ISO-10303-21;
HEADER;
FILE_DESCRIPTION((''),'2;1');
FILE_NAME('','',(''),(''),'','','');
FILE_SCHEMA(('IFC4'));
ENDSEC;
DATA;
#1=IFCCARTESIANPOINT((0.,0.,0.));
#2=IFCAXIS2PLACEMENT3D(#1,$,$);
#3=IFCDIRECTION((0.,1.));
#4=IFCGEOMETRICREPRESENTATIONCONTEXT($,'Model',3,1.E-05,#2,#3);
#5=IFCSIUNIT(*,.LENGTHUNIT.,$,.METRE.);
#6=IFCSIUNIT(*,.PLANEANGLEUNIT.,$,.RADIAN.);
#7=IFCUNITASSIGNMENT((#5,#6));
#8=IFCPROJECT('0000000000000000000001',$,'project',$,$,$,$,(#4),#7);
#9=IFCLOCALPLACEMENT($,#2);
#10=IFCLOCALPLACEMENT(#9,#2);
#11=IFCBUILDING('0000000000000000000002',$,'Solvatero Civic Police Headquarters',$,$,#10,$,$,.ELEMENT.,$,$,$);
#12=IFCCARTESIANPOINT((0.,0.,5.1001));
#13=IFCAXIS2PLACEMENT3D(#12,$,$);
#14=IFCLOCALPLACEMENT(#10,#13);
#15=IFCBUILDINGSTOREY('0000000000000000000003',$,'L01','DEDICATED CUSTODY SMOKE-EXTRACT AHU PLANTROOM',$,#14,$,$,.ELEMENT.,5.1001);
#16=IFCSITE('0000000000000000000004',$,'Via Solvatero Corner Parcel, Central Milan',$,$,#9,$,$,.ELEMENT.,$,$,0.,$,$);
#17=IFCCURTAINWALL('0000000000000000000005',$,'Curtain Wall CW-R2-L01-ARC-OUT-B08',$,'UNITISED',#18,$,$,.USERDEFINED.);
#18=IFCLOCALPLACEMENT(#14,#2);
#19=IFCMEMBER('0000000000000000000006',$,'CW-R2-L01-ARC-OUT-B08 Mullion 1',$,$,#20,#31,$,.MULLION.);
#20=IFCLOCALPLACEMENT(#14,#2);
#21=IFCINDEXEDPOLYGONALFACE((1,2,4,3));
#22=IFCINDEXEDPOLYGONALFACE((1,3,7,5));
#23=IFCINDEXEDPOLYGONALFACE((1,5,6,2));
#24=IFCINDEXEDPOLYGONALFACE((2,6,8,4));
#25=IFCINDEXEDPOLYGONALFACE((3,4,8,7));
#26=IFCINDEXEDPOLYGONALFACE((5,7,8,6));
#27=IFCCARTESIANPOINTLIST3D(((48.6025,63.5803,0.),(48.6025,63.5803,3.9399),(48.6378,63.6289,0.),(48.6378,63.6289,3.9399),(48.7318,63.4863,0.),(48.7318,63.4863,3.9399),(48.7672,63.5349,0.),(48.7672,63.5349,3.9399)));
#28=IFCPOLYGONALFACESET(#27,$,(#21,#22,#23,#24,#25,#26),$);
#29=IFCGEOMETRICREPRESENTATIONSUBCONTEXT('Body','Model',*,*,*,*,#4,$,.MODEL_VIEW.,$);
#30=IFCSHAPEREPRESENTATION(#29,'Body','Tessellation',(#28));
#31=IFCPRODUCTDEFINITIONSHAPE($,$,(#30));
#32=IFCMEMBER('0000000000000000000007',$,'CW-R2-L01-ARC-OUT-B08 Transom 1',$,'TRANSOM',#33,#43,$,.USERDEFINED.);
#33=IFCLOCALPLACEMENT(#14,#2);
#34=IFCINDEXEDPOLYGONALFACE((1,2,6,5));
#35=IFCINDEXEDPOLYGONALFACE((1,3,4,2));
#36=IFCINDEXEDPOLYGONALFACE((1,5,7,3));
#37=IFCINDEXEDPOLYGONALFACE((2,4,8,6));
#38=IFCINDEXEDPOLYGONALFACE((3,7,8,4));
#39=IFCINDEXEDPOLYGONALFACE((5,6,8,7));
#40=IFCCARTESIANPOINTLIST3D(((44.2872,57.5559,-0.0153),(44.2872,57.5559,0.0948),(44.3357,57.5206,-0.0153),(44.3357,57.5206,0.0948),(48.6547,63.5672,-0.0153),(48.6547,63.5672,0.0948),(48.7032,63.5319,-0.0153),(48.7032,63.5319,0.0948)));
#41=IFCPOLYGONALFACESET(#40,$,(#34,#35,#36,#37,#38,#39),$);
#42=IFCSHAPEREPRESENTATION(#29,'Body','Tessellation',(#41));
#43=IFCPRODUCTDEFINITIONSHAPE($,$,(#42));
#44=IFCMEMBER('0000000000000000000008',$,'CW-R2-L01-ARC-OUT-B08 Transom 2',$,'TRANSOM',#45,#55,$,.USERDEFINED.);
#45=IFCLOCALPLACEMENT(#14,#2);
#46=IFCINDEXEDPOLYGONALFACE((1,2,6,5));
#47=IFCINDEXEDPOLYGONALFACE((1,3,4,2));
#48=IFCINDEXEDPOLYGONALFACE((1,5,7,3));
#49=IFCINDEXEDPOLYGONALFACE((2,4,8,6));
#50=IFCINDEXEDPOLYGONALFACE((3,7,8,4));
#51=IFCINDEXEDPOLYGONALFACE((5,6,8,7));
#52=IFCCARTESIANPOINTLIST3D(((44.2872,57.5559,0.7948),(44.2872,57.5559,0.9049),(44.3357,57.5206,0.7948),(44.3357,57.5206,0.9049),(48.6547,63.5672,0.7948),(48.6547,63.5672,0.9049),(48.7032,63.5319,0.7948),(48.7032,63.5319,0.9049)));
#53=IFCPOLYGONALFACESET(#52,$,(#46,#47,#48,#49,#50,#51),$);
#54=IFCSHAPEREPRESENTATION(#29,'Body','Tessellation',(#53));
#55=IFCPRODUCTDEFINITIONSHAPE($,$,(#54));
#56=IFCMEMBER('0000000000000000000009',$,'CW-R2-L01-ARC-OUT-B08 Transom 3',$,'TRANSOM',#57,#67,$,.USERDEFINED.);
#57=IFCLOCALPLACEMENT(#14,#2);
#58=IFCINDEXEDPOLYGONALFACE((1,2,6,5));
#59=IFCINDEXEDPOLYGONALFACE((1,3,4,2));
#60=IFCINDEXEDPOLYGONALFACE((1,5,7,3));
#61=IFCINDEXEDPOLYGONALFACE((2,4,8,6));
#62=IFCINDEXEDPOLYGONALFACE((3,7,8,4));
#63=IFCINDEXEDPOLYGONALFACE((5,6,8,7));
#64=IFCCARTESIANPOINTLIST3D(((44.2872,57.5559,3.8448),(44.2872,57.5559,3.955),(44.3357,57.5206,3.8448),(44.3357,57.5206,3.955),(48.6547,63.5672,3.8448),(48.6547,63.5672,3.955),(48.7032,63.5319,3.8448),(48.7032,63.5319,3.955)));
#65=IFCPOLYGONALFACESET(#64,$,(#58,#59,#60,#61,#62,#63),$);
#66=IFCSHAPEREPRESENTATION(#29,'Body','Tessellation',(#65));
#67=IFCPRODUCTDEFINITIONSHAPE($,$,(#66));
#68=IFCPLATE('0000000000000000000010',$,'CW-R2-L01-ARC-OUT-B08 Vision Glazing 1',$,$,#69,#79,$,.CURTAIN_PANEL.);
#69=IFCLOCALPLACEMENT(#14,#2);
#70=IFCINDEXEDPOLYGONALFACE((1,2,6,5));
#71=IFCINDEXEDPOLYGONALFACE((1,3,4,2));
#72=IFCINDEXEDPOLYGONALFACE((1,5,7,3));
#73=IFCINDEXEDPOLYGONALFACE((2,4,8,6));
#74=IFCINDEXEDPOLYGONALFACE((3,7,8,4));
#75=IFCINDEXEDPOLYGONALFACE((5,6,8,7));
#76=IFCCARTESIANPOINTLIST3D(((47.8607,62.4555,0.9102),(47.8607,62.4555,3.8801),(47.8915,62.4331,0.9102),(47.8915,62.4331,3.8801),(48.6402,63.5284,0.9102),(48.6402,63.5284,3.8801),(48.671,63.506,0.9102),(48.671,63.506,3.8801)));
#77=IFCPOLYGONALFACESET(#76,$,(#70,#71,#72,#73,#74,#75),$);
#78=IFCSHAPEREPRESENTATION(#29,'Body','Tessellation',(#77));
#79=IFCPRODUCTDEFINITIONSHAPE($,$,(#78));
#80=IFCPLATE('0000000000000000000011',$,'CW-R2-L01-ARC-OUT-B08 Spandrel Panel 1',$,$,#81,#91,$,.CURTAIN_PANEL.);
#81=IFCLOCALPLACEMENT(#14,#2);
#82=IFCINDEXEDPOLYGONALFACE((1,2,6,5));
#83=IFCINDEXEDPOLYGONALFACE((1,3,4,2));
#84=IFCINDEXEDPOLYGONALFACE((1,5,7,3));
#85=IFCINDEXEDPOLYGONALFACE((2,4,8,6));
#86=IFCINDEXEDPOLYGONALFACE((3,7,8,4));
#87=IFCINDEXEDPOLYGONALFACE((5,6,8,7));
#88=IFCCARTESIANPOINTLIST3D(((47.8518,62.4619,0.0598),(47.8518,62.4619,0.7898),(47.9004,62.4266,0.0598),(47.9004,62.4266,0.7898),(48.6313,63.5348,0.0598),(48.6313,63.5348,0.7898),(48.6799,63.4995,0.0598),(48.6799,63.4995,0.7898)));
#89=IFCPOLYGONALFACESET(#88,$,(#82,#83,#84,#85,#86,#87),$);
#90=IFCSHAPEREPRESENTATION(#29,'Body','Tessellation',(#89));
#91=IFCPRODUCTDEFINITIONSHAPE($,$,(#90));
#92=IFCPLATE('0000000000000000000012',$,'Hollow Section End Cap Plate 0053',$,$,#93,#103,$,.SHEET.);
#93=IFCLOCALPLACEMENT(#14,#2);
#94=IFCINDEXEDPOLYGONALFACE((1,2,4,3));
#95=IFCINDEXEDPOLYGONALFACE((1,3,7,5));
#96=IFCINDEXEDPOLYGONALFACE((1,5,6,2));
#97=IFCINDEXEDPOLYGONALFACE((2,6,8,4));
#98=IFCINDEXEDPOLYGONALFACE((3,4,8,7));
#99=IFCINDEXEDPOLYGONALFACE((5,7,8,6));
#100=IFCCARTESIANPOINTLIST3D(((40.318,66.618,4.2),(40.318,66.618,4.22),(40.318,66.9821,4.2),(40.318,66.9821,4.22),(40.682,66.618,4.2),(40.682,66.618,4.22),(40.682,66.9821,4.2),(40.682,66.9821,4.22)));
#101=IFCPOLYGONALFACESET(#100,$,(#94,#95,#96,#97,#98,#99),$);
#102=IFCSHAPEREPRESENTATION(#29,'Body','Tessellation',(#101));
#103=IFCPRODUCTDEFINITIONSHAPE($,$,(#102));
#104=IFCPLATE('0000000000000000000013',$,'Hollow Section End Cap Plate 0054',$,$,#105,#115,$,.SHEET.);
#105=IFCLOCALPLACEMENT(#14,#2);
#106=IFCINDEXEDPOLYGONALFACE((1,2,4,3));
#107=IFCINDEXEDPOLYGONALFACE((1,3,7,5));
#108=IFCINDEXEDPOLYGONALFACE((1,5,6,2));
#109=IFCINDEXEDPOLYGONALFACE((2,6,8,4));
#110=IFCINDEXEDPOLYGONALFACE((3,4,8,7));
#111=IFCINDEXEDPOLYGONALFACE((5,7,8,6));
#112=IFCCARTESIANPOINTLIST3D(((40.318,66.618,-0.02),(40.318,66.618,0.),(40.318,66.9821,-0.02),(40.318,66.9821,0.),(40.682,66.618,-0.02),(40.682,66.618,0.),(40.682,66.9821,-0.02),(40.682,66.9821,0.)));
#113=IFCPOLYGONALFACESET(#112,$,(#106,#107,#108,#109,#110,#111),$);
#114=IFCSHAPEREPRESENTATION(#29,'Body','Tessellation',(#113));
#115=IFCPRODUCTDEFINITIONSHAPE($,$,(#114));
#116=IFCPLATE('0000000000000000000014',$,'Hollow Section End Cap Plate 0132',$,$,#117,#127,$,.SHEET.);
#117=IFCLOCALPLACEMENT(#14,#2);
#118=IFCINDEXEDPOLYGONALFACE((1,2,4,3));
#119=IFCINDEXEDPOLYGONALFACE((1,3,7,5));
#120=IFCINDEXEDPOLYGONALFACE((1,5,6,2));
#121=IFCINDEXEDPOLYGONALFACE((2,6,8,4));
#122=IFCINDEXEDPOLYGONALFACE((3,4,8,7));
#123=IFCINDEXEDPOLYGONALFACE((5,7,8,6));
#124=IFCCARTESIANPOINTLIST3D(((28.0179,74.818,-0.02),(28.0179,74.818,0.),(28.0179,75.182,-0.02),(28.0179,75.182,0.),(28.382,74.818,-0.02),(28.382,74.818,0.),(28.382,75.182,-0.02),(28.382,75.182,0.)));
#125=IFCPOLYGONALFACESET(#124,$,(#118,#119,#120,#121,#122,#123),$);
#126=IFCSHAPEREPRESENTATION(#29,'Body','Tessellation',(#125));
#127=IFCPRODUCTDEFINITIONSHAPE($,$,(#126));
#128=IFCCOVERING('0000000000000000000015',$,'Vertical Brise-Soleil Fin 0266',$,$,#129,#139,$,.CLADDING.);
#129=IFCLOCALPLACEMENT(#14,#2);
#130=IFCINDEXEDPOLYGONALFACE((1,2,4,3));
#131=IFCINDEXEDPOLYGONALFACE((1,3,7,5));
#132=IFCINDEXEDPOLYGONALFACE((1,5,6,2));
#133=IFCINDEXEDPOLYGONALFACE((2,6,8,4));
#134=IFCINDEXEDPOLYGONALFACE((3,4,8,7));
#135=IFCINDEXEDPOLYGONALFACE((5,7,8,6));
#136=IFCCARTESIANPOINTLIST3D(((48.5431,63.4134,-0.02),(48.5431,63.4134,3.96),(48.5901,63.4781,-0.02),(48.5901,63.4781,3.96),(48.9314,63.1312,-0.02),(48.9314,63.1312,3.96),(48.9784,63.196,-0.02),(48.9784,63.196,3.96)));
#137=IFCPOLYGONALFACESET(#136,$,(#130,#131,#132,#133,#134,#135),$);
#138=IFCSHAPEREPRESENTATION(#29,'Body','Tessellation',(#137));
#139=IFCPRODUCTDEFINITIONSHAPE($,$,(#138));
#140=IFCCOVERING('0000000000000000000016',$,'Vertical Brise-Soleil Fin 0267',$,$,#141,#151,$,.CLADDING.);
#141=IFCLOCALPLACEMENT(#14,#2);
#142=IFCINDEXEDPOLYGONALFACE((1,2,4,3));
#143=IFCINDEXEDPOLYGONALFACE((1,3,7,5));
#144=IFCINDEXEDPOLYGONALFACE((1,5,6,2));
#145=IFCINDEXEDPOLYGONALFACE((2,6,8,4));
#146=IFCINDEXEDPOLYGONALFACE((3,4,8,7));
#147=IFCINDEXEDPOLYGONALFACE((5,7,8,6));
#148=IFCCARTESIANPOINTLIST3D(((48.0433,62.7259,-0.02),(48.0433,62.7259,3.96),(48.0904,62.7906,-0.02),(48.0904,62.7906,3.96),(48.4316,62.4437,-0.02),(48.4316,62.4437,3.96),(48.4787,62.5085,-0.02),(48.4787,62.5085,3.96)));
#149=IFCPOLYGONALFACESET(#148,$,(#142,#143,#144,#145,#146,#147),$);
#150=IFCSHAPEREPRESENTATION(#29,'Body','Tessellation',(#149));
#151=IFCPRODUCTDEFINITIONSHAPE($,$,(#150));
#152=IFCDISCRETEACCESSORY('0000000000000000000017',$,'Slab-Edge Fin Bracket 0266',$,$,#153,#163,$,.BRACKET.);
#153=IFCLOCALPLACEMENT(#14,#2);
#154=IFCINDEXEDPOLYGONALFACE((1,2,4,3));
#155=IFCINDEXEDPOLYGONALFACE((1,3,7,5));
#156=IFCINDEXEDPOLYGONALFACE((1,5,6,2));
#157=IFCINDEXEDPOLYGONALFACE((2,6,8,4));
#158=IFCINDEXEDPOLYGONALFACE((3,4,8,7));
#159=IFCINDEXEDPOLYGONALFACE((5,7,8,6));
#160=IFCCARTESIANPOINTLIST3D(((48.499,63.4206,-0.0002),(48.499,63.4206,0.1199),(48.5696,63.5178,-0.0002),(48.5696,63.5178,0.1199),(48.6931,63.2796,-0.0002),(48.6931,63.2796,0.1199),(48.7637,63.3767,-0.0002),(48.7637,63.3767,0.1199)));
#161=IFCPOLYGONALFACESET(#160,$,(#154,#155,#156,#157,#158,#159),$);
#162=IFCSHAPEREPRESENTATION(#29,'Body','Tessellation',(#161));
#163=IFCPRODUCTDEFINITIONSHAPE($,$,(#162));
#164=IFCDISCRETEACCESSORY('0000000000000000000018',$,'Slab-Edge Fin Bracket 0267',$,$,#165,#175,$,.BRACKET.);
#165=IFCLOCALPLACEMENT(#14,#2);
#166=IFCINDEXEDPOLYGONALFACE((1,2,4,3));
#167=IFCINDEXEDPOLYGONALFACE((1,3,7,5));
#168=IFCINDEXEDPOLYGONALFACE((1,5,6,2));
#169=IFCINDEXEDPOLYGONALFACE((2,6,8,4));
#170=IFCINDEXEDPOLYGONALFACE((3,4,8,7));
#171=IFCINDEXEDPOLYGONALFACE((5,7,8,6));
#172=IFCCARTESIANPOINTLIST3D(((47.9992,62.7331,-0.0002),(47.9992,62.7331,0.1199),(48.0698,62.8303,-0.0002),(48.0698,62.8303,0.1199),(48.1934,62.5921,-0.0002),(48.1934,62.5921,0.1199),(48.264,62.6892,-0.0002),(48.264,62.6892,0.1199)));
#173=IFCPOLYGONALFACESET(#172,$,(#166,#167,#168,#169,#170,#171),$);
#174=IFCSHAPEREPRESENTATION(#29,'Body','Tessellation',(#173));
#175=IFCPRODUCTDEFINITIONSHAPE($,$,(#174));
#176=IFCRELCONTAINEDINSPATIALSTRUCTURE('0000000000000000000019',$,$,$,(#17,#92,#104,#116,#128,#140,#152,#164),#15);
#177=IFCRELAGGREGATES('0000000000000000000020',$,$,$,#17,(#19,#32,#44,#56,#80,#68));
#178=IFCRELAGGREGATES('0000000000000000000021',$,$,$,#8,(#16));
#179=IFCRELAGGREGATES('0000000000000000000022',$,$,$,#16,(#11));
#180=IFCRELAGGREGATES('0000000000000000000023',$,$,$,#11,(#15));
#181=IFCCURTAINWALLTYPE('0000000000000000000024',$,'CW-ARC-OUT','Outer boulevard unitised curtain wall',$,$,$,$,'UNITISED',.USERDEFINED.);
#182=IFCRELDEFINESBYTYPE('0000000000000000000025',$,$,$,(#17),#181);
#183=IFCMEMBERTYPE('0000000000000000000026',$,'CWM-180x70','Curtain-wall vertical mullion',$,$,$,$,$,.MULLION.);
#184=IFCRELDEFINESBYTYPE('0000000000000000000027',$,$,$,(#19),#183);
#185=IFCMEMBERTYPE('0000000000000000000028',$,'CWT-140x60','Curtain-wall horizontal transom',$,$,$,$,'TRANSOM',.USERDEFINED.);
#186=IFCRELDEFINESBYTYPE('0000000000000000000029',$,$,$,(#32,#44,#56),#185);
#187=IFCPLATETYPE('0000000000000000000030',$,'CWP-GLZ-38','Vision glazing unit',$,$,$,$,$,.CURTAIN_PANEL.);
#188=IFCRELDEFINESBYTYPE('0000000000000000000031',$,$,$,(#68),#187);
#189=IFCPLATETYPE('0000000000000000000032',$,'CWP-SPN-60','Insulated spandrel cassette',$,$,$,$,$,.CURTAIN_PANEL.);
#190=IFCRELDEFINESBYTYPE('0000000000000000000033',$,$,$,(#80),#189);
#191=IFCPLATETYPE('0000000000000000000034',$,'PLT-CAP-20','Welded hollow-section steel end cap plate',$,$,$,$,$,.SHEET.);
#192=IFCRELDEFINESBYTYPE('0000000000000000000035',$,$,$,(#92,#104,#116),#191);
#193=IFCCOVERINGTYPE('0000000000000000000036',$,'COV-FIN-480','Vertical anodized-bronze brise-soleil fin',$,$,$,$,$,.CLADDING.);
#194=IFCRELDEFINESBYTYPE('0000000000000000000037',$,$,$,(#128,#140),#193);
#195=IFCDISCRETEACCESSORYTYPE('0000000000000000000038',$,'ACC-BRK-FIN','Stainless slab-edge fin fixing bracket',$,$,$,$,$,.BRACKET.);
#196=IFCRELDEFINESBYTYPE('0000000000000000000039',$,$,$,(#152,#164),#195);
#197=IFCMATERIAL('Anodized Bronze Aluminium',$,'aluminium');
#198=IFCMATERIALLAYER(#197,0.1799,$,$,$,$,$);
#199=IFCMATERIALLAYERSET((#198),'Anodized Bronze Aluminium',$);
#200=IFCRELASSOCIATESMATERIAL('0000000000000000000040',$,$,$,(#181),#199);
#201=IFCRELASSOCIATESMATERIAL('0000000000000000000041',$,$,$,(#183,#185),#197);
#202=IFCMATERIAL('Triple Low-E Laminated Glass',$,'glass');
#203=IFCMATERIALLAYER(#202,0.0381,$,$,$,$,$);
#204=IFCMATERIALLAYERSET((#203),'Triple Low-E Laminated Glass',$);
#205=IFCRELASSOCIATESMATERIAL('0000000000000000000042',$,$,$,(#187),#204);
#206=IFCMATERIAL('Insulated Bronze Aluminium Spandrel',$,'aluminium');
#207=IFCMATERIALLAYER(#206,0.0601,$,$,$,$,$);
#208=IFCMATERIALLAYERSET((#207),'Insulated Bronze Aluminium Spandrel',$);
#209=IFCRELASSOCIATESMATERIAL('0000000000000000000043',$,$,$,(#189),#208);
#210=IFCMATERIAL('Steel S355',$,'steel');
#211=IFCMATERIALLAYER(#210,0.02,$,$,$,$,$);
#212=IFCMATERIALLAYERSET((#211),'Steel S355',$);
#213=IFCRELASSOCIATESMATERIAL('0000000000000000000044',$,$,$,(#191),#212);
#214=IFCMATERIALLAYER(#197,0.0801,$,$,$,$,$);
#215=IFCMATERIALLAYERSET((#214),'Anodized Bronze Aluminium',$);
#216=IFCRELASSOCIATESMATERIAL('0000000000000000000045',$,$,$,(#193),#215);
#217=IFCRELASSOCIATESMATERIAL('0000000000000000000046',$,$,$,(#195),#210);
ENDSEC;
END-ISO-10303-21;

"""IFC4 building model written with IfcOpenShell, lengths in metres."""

from ifc_helpers import new_model, si_unit, direction, frame, origin, origin_2d, place, context, subcontext, project, spatial, rectangle, extrude, material, layer, layer_set, material_profile, profile_set, type_object, element, aggregate, save


model = new_model("IFC4")

# Units and contexts
model_context = context("Model", 3, precision=1e-05, world=origin(), true_north=direction((0.0, 1.0)))
body_context = subcontext(model_context, "Body", "Model", "MODEL_VIEW")
ifc_project = project(units=[si_unit("LENGTHUNIT", "METRE"), si_unit("PLANEANGLEUNIT", "RADIAN")], contexts=[model_context])

# Site, building, storey
site_placement = place(None, origin())
site = spatial("IfcSite", under=ifc_project, at=site_placement, Name="Via Solvatero Corner Parcel, Central Milan", CompositionType="ELEMENT", RefElevation=0.0)
building_placement = place(site_placement, origin())
building = spatial("IfcBuilding", under=site, at=building_placement, Name="Solvatero Civic Police Headquarters", CompositionType="ELEMENT")
storey_placement = place(building_placement, frame((0.0, 0.0, 5.1001)))
storey = spatial("IfcBuildingStorey", under=building, at=storey_placement, Name="L01", Description="DEDICATED CUSTODY SMOKE-EXTRACT AHU PLANTROOM", CompositionType="ELEMENT", Elevation=5.1001)

# Shared definitions
ifc_material_1 = material(Name="Steel S355", Category="steel")

# Curtain wall, members, plates
ifc_material_2 = material(Name="Anodized Bronze Aluminium", Category="aluminium")
ifc_layer_1 = layer(ifc_material_2, 0.1799)
ifc_layer_set_1 = layer_set([ifc_layer_1], Name="Anodized Bronze Aluminium")
curtain_wall_type = type_object("IfcCurtainWallType", Name="CW-ARC-OUT", Description="Outer boulevard unitised curtain wall", ElementType="UNITISED", PredefinedType="USERDEFINED", material=ifc_layer_set_1)
curtain_wall_placement = place(storey_placement, origin())
curtain_wall = element("IfcCurtainWall", 1, at=curtain_wall_placement, inside=storey, type_object=curtain_wall_type, Name="Curtain Wall CW-R2-L01-ARC-OUT-B08", ObjectType="UNITISED", PredefinedType="USERDEFINED")
ifc_material_profile_1 = material_profile(ifc_material_2, rectangle(XDim=0.0601, YDim=0.1599, at=origin_2d()), Name="ALU MULLION 60x160")
ifc_profile_set_1 = profile_set([ifc_material_profile_1], Name="Anodized Bronze Aluminium")
member_type_1 = type_object("IfcMemberType", Name="CWM-180x70", Description="Curtain-wall vertical mullion", PredefinedType="MULLION", material=ifc_profile_set_1)
member_1_placement = place(storey_placement, frame((48.6848, 63.5576, 0.0), z_axis=(0.0, 0.0, 1.0), x_axis=(-0.587785, -0.809017, 0.0)))
member_1 = element("IfcMember", 2, at=member_1_placement, type_object=member_type_1, Name="CW-R2-L01-ARC-OUT-B08 Mullion 1", PredefinedType="MULLION", context=body_context, shape_type="SweptSolid", body=[
    extrude(rectangle(XDim=0.0601, YDim=0.1599, at=origin_2d()), origin(), (0.0, 0.0, 1.0), 3.9399),
])
ifc_material_profile_2 = material_profile(ifc_material_2, rectangle(XDim=0.0601, YDim=0.1101, at=origin_2d()), Name="ALU TRANSOM 60x110")
ifc_profile_set_2 = profile_set([ifc_material_profile_2], Name="Anodized Bronze Aluminium")
member_type_2 = type_object("IfcMemberType", Name="CWT-140x60", Description="Curtain-wall horizontal transom", ElementType="TRANSOM", PredefinedType="USERDEFINED", material=ifc_profile_set_2)
member_2_placement = place(storey_placement, frame((48.679, 63.5496, 0.0398), z_axis=(-0.587787, -0.809016, 0.0), x_axis=(0.809016, -0.587787, 0.0)))
member_2 = element("IfcMember", 3, at=member_2_placement, type_object=member_type_2, Name="CW-R2-L01-ARC-OUT-B08 Transom 1", ObjectType="TRANSOM", PredefinedType="USERDEFINED", context=body_context, shape_type="SweptSolid", body=[
    extrude(rectangle(XDim=0.0601, YDim=0.1101, at=origin_2d()), origin(), (0.0, 0.0, 1.0), 7.4304),
])
member_3_placement = place(storey_placement, frame((48.679, 63.5496, 0.8499), z_axis=(-0.587787, -0.809016, 0.0), x_axis=(0.809016, -0.587787, 0.0)))
member_3 = element("IfcMember", 4, at=member_3_placement, type_object=member_type_2, Name="CW-R2-L01-ARC-OUT-B08 Transom 2", ObjectType="TRANSOM", PredefinedType="USERDEFINED", context=body_context, shape_type="SweptSolid", body=[
    extrude(rectangle(XDim=0.0601, YDim=0.1101, at=origin_2d()), origin(), (0.0, 0.0, 1.0), 7.4304),
])
member_4_placement = place(storey_placement, frame((48.679, 63.5496, 3.8999), z_axis=(-0.587787, -0.809016, 0.0), x_axis=(0.809016, -0.587787, 0.0)))
member_4 = element("IfcMember", 5, at=member_4_placement, type_object=member_type_2, Name="CW-R2-L01-ARC-OUT-B08 Transom 3", ObjectType="TRANSOM", PredefinedType="USERDEFINED", context=body_context, shape_type="SweptSolid", body=[
    extrude(rectangle(XDim=0.0601, YDim=0.1101, at=origin_2d()), origin(), (0.0, 0.0, 1.0), 7.4304),
])
ifc_material_3 = material(Name="Triple Low-E Laminated Glass", Category="glass")
ifc_layer_2 = layer(ifc_material_3, 0.0381)
ifc_layer_set_2 = layer_set([ifc_layer_2], Name="Triple Low-E Laminated Glass")
plate_type_1 = type_object("IfcPlateType", Name="CWP-GLZ-38", Description="Vision glazing unit", PredefinedType="CURTAIN_PANEL", material=ifc_layer_set_2)
plate_1_placement = place(storey_placement, frame((48.2659, 62.9807, 0.9102), z_axis=(0.0, 0.0, 1.0), x_axis=(-0.587785, -0.809017, 0.0)))
plate_1 = element("IfcPlate", 6, at=plate_1_placement, type_object=plate_type_1, Name="CW-R2-L01-ARC-OUT-B08 Vision Glazing 1", PredefinedType="CURTAIN_PANEL", context=body_context, shape_type="SweptSolid", body=[
    extrude(rectangle(XDim=1.3262, YDim=0.0381, at=origin_2d()), origin(), (0.0, 0.0, 1.0), 2.97),
])
ifc_material_4 = material(Name="Insulated Bronze Aluminium Spandrel", Category="aluminium")
ifc_layer_3 = layer(ifc_material_4, 0.0601)
ifc_layer_set_3 = layer_set([ifc_layer_3], Name="Insulated Bronze Aluminium Spandrel")
plate_type_2 = type_object("IfcPlateType", Name="CWP-SPN-60", Description="Insulated spandrel cassette", PredefinedType="CURTAIN_PANEL", material=ifc_layer_set_3)
plate_2_placement = place(storey_placement, frame((48.2659, 62.9807, 0.0598), z_axis=(0.0, 0.0, 1.0), x_axis=(-0.587785, -0.809017, 0.0)))
plate_2 = element("IfcPlate", 7, at=plate_2_placement, type_object=plate_type_2, Name="CW-R2-L01-ARC-OUT-B08 Spandrel Panel 1", PredefinedType="CURTAIN_PANEL", context=body_context, shape_type="SweptSolid", body=[
    extrude(rectangle(XDim=1.3262, YDim=0.0601, at=origin_2d()), origin(), (0.0, 0.0, 1.0), 0.73),
])
aggregate(curtain_wall, [member_1, member_2, member_3, member_4, plate_2, plate_1])

# Plates
ifc_layer_4 = layer(ifc_material_1, 0.02)
ifc_layer_set_4 = layer_set([ifc_layer_4], Name="Steel S355")
plate_type_3 = type_object("IfcPlateType", Name="PLT-CAP-20", Description="Welded hollow-section steel end cap plate", PredefinedType="SHEET", material=ifc_layer_set_4)
for number, where, z_axis, x_axis, name in (
    (8, (40.5, 66.8, 4.2), (0.0, 0.0, 1.0), (1.0, 0.0, 0.0), "Hollow Section End Cap Plate 0053"),
    (9, (40.5, 66.8, -0.02), (0.0, 0.0, 1.0), (1.0, 0.0, 0.0), "Hollow Section End Cap Plate 0054"),
    (10, (28.2, 75.0, -0.02), (0.0, 0.0, 1.0), (1.0, 0.0, 0.0), "Hollow Section End Cap Plate 0132"),
):
    element("IfcPlate", number, at=place(storey_placement, frame(where, z_axis=z_axis, x_axis=x_axis)), inside=storey, type_object=plate_type_3, Name=name, PredefinedType="SHEET", context=body_context, shape_type="SweptSolid", body=[
        extrude(rectangle(XDim=0.364, YDim=0.364, at=origin_2d()), origin(), (0.0, 0.0, 1.0), 0.02),
    ])

# Coverings
ifc_layer_5 = layer(ifc_material_2, 0.0801)
ifc_layer_set_5 = layer_set([ifc_layer_5], Name="Anodized Bronze Aluminium")
covering_type = type_object("IfcCoveringType", Name="COV-FIN-480", Description="Vertical anodized-bronze brise-soleil fin", PredefinedType="CLADDING", material=ifc_layer_set_5)
for number, where, z_axis, x_axis, name in (
    (11, (48.7607, 63.3047, -0.02), (0.0, 0.0, 1.0), (-0.587785, -0.809017, 0.0), "Vertical Brise-Soleil Fin 0266"),
    (12, (48.261, 62.6172, -0.02), (0.0, 0.0, 1.0), (-0.587785, -0.809017, 0.0), "Vertical Brise-Soleil Fin 0267"),
):
    element("IfcCovering", number, at=place(storey_placement, frame(where, z_axis=z_axis, x_axis=x_axis)), inside=storey, type_object=covering_type, Name=name, PredefinedType="CLADDING", context=body_context, shape_type="SweptSolid", body=[
        extrude(rectangle(XDim=0.0801, YDim=0.48, at=origin_2d()), origin(), (0.0, 0.0, 1.0), 3.98),
    ])

# Discrete accessories
discrete_accessory_type = type_object("IfcDiscreteAccessoryType", Name="ACC-BRK-FIN", Description="Stainless slab-edge fin fixing bracket", PredefinedType="BRACKET", material=ifc_material_1)
for number, where, z_axis, x_axis, name in (
    (13, (48.6313, 63.3987, -0.0002), (0.0, 0.0, 1.0), (-0.587785, -0.809017, 0.0), "Slab-Edge Fin Bracket 0266"),
    (14, (48.1316, 62.7112, -0.0002), (0.0, 0.0, 1.0), (-0.587785, -0.809017, 0.0), "Slab-Edge Fin Bracket 0267"),
):
    element("IfcDiscreteAccessory", number, at=place(storey_placement, frame(where, z_axis=z_axis, x_axis=x_axis)), inside=storey, type_object=discrete_accessory_type, Name=name, PredefinedType="BRACKET", context=body_context, shape_type="SweptSolid", body=[
        extrude(rectangle(XDim=0.1201, YDim=0.24, at=origin_2d()), origin(), (0.0, 0.0, 1.0), 0.1201),
    ])

save(model, "model.ifc")
